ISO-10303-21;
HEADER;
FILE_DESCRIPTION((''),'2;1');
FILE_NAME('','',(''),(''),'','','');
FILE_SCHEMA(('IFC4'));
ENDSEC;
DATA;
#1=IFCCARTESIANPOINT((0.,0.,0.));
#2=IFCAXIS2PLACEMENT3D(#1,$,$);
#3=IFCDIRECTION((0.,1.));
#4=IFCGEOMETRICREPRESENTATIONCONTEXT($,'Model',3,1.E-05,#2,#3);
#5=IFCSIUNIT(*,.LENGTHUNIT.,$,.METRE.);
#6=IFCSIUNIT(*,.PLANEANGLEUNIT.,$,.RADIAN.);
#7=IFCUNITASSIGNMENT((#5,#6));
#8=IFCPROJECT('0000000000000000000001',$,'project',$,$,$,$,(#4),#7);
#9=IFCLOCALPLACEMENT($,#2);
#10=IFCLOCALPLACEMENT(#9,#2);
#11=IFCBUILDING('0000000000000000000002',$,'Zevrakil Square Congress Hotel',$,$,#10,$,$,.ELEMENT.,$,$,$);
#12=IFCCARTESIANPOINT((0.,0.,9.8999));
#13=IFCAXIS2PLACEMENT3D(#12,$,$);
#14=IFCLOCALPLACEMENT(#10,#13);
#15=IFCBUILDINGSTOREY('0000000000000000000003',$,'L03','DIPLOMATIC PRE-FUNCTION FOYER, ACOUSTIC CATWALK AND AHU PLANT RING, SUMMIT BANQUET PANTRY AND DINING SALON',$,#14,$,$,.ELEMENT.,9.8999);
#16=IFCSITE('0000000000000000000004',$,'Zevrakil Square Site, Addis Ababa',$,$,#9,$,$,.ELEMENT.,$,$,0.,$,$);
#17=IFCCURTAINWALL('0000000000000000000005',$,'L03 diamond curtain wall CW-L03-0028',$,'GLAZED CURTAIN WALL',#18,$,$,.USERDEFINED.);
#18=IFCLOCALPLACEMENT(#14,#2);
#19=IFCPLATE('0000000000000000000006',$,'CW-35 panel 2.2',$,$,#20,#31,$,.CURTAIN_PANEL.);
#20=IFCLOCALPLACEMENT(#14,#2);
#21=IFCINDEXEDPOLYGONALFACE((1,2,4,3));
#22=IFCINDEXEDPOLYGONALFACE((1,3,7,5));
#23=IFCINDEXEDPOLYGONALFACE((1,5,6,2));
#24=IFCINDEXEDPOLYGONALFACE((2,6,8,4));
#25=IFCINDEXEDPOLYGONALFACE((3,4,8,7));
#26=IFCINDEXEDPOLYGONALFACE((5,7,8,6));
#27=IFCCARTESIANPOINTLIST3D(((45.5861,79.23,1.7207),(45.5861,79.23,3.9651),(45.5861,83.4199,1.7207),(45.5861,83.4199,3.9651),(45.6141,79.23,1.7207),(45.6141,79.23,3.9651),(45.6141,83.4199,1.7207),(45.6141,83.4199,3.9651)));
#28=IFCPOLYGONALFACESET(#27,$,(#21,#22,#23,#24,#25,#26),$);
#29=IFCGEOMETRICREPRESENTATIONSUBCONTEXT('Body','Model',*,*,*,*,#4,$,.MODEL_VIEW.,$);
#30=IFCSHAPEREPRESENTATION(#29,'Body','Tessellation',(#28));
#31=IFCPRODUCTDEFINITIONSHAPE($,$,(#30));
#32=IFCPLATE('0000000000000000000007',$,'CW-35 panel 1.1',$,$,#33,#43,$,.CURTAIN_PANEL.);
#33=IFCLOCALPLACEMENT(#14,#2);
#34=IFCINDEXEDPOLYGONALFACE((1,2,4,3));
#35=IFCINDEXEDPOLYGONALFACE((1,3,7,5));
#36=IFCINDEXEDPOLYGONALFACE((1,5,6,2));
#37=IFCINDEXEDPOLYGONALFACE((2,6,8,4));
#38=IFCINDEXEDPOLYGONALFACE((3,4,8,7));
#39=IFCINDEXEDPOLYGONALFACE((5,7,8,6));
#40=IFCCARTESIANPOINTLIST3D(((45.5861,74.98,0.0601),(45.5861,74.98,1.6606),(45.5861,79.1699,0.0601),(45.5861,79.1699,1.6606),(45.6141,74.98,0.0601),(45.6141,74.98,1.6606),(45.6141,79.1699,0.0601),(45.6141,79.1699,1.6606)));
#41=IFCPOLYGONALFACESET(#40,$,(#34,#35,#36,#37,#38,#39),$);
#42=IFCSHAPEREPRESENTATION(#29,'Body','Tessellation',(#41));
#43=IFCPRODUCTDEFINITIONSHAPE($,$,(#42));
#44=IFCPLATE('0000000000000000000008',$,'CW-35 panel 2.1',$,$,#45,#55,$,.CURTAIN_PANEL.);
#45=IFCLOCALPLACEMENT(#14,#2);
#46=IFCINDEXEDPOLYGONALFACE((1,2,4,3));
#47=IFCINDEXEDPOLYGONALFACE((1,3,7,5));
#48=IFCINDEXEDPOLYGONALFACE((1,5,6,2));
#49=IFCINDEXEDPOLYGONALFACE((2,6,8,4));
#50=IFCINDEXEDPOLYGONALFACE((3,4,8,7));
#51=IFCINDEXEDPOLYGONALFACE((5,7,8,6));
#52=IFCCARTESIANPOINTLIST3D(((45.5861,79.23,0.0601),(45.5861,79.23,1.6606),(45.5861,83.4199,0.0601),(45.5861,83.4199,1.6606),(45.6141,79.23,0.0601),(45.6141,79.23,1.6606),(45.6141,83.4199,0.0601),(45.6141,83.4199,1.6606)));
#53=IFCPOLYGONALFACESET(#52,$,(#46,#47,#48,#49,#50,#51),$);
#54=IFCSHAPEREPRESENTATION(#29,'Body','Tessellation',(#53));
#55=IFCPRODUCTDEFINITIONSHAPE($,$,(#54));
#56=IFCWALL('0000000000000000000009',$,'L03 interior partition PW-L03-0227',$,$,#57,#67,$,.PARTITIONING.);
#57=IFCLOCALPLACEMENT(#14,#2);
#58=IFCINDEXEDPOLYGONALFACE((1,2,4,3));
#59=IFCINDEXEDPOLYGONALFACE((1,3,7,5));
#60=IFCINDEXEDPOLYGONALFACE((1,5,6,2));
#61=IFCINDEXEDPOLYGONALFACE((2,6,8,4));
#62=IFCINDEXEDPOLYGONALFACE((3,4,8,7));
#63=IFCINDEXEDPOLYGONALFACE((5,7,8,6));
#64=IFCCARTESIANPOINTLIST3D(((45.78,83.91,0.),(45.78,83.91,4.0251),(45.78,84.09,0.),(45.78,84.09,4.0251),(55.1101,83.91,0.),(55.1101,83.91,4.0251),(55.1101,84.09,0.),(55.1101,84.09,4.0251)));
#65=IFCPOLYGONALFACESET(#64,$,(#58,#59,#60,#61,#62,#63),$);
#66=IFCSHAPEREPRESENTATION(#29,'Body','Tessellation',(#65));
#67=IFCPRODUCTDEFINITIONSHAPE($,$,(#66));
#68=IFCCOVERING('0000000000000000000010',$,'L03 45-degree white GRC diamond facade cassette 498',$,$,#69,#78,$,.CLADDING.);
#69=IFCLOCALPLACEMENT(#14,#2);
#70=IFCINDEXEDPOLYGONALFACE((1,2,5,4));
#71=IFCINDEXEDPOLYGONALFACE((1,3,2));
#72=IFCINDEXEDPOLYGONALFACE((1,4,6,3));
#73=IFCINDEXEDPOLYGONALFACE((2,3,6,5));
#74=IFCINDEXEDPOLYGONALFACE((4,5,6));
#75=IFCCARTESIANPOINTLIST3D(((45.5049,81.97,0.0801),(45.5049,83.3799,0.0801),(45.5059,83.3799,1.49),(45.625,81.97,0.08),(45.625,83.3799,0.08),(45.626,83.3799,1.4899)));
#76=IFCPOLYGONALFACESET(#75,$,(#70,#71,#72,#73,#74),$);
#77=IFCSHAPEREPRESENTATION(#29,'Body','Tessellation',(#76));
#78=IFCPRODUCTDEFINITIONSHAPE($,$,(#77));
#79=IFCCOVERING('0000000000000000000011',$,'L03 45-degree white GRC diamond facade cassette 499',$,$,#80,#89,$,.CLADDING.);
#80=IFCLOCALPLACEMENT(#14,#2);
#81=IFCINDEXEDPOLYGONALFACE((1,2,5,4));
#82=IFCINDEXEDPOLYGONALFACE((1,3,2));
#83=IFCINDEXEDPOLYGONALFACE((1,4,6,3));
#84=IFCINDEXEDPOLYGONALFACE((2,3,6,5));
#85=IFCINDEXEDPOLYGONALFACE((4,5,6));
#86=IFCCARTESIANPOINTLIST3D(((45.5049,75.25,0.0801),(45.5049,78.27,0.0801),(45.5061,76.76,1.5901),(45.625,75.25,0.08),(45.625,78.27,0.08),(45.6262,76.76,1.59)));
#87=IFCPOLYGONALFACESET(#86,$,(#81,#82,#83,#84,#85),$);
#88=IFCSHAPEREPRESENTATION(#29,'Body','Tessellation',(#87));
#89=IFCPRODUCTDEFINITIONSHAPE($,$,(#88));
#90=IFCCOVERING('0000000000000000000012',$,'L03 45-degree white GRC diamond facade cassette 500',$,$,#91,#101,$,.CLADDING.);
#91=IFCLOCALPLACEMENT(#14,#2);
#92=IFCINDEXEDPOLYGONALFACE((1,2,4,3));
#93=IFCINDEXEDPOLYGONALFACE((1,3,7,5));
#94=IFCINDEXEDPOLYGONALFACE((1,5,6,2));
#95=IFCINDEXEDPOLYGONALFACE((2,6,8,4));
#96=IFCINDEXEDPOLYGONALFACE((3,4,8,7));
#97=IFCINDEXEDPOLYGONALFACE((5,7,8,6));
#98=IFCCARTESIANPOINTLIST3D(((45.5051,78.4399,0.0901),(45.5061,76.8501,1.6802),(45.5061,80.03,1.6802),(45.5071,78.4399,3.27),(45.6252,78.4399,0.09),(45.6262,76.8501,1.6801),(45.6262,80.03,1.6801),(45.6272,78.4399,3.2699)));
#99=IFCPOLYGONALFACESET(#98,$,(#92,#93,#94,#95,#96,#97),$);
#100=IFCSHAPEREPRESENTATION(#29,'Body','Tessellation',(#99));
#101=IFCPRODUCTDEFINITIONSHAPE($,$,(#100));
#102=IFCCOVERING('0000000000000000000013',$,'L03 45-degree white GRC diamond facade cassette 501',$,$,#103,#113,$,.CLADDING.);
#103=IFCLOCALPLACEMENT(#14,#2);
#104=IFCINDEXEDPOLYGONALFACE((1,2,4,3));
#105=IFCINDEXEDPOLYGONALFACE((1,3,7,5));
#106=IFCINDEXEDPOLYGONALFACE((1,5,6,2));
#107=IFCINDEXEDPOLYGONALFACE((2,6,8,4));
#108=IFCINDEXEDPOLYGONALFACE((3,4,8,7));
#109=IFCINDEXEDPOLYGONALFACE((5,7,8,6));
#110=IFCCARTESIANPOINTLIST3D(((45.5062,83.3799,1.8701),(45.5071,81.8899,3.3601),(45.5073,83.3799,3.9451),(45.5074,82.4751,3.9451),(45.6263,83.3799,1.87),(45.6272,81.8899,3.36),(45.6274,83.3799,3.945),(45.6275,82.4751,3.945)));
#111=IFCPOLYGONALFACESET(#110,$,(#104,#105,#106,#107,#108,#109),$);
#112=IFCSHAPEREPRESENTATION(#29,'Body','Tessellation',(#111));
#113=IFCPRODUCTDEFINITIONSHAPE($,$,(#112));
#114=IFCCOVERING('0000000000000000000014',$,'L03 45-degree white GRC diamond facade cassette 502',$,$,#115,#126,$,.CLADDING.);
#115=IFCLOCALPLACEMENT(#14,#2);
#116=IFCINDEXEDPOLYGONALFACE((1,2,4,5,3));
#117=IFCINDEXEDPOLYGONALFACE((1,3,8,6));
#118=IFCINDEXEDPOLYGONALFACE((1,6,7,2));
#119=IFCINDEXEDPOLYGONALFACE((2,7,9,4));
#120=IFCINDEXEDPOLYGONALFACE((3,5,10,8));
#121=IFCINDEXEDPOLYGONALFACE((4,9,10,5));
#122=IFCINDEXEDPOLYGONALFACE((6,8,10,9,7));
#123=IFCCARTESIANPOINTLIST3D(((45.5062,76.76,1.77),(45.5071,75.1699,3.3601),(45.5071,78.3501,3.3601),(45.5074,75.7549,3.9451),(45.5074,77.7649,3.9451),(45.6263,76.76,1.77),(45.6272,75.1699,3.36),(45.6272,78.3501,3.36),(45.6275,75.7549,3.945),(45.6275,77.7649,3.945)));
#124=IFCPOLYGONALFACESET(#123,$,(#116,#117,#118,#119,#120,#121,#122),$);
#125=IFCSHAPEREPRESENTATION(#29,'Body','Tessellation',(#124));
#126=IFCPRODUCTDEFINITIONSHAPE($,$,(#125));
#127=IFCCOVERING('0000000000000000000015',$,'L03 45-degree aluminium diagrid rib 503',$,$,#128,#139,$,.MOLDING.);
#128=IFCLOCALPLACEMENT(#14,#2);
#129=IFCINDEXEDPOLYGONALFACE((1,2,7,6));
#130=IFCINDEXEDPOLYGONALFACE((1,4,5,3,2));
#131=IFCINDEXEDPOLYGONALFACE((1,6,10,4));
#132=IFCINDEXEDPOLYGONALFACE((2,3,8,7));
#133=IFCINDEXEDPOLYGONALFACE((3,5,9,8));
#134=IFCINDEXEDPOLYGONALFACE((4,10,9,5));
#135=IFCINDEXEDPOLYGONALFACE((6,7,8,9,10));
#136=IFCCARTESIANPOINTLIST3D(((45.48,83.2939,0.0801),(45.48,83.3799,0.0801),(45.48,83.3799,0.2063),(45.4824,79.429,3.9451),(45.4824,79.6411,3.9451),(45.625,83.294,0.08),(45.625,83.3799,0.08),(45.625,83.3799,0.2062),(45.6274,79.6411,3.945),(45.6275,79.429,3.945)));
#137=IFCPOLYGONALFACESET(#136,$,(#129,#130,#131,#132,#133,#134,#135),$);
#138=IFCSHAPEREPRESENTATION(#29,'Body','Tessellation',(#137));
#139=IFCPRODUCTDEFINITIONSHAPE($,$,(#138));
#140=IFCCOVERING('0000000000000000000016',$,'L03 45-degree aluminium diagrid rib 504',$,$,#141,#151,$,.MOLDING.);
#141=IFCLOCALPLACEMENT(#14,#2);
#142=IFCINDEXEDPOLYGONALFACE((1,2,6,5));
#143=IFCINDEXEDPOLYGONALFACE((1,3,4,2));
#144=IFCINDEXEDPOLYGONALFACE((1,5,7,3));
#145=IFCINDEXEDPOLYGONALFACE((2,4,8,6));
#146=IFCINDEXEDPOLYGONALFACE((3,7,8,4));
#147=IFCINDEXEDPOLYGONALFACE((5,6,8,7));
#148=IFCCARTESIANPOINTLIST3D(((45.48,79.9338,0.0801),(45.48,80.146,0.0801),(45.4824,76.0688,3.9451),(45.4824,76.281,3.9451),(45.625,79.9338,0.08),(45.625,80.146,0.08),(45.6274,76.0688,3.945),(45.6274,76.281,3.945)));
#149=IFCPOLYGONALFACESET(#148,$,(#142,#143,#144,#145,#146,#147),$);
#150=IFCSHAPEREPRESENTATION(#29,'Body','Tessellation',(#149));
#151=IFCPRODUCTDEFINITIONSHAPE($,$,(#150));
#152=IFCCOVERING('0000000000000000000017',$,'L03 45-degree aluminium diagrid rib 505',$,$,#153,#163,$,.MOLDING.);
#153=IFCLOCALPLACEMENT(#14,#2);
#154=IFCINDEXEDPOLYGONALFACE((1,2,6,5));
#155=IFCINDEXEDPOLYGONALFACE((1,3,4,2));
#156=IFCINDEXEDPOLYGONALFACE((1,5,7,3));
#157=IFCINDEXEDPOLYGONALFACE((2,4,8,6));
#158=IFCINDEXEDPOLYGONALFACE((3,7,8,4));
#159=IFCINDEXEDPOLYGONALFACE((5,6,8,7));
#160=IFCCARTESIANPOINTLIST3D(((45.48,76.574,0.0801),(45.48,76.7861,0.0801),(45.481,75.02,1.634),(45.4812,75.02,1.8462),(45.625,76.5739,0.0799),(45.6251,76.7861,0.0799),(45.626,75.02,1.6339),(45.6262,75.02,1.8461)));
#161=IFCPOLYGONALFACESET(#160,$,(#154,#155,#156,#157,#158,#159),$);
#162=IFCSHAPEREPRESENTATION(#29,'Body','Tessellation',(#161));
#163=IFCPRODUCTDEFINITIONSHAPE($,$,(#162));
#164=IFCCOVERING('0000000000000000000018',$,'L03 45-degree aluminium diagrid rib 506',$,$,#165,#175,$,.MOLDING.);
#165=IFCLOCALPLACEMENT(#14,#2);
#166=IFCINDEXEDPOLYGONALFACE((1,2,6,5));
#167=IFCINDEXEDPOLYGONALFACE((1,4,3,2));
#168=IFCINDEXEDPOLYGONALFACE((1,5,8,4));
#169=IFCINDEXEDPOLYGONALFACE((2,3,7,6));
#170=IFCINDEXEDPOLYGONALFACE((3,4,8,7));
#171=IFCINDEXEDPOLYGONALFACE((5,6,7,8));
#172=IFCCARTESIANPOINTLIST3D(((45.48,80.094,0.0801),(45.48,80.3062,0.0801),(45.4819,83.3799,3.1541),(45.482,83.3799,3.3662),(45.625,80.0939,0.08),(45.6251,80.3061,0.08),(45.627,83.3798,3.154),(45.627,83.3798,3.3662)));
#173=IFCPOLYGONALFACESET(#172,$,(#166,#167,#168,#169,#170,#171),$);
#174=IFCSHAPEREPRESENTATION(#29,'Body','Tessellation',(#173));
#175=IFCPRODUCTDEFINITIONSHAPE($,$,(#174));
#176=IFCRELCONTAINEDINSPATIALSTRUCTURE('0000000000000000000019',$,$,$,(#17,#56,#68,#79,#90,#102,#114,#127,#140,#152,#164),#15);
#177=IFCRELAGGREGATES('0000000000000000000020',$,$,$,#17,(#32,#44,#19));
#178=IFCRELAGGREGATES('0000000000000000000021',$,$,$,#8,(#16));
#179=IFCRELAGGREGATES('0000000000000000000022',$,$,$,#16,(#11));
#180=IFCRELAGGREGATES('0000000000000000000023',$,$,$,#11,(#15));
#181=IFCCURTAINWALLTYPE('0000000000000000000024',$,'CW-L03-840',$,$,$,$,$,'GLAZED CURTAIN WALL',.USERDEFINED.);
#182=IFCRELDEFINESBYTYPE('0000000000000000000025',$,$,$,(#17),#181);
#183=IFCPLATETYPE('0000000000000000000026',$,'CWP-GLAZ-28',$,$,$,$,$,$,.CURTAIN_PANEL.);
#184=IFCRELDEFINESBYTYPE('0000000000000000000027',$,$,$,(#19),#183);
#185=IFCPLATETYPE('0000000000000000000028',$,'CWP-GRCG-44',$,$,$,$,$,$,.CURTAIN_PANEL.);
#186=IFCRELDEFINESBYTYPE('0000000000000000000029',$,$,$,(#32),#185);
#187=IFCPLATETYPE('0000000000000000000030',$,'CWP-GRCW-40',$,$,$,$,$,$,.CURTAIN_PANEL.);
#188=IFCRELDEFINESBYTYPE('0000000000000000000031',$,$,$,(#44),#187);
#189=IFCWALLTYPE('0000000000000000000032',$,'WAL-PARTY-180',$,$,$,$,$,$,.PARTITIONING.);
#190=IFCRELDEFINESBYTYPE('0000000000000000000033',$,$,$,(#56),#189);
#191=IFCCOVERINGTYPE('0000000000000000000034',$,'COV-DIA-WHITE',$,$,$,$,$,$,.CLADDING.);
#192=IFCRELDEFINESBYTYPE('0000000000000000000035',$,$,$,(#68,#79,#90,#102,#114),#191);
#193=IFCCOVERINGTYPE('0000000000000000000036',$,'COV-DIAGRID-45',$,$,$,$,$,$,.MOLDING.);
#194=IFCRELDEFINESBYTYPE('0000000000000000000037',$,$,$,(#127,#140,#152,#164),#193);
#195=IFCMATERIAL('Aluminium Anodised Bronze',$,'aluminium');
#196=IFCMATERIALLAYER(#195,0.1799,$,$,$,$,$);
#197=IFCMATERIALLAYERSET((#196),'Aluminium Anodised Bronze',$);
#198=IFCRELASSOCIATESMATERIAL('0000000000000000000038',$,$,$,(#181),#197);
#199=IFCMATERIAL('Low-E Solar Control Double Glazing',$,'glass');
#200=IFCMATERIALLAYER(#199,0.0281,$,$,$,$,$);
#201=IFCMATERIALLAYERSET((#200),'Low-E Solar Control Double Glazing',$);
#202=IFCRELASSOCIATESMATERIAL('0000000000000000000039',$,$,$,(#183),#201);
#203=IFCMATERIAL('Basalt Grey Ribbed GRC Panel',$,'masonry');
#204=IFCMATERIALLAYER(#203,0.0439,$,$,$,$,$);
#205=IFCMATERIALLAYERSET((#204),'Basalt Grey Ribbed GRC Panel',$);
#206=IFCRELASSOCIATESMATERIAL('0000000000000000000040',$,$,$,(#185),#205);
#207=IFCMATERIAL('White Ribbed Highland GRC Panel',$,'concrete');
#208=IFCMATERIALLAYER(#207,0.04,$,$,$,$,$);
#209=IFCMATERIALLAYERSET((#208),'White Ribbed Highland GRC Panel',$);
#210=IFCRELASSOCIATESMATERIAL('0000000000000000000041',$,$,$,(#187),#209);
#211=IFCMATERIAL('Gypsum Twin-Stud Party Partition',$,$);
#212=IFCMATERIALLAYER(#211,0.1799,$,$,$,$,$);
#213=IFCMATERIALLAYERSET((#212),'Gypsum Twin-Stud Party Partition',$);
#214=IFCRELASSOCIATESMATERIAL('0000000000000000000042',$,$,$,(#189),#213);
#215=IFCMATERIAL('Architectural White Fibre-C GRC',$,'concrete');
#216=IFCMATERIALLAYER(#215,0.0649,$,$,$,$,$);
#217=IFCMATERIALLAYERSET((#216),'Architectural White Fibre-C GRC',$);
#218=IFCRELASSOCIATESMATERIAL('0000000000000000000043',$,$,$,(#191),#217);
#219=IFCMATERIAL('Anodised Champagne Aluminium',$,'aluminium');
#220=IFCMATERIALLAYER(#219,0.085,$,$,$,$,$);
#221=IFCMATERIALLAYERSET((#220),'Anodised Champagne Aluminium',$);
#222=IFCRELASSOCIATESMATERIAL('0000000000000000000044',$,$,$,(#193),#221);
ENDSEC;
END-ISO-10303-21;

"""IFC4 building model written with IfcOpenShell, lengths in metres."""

from ifc_helpers import new_model, si_unit, direction, frame, frame_2d, origin, origin_2d, place, context, subcontext, project, spatial, polyline, rectangle, outline, extrude, material, layer, layer_set, type_object, element, aggregate, save


model = new_model("IFC4")

# Units and contexts
model_context = context("Model", 3, precision=1e-05, world=origin(), true_north=direction((0.0, 1.0)))
body_context = subcontext(model_context, "Body", "Model", "MODEL_VIEW")
ifc_project = project(units=[si_unit("LENGTHUNIT", "METRE"), si_unit("PLANEANGLEUNIT", "RADIAN")], contexts=[model_context])

# Site, building, storey
site_placement = place(None, origin())
site = spatial("IfcSite", under=ifc_project, at=site_placement, Name="Zevrakil Square Site, Addis Ababa", CompositionType="ELEMENT", RefElevation=0.0)
building_placement = place(site_placement, origin())
building = spatial("IfcBuilding", under=site, at=building_placement, Name="Zevrakil Square Congress Hotel", CompositionType="ELEMENT")
storey_placement = place(building_placement, frame((0.0, 0.0, 9.8999)))
storey = spatial("IfcBuildingStorey", under=building, at=storey_placement, Name="L03", Description="DIPLOMATIC PRE-FUNCTION FOYER, ACOUSTIC CATWALK AND AHU PLANT RING, SUMMIT BANQUET PANTRY AND DINING SALON", CompositionType="ELEMENT", Elevation=9.8999)

# Curtain wall, plates
ifc_material_1 = material(Name="Aluminium Anodised Bronze", Category="aluminium")
ifc_layer_1 = layer(ifc_material_1, 0.1799)
ifc_layer_set_1 = layer_set([ifc_layer_1], Name="Aluminium Anodised Bronze")
curtain_wall_type = type_object("IfcCurtainWallType", Name="CW-L03-840", ElementType="GLAZED CURTAIN WALL", PredefinedType="USERDEFINED", material=ifc_layer_set_1)
curtain_wall_placement = place(storey_placement, origin())
curtain_wall = element("IfcCurtainWall", 1, at=curtain_wall_placement, inside=storey, type_object=curtain_wall_type, Name="L03 diamond curtain wall CW-L03-0028", ObjectType="GLAZED CURTAIN WALL", PredefinedType="USERDEFINED")
ifc_material_2 = material(Name="Low-E Solar Control Double Glazing", Category="glass")
ifc_layer_2 = layer(ifc_material_2, 0.0281)
ifc_layer_set_2 = layer_set([ifc_layer_2], Name="Low-E Solar Control Double Glazing")
plate_type_1 = type_object("IfcPlateType", Name="CWP-GLAZ-28", PredefinedType="CURTAIN_PANEL", material=ifc_layer_set_2)
plate_1_placement = place(storey_placement, frame((45.6001, 81.325, 1.7207), z_axis=(0.0, 0.0, 1.0), x_axis=(0.0, 1.0, 0.0)))
plate_1 = element("IfcPlate", 2, at=plate_1_placement, type_object=plate_type_1, Name="CW-35 panel 2.2", PredefinedType="CURTAIN_PANEL", context=body_context, shape_type="SweptSolid", body=[
    extrude(rectangle(XDim=4.1899, YDim=0.0281, at=origin_2d()), origin(), (0.0, 0.0, 1.0), 2.2444),
])
ifc_material_3 = material(Name="Basalt Grey Ribbed GRC Panel", Category="masonry")
ifc_layer_3 = layer(ifc_material_3, 0.0439)
ifc_layer_set_3 = layer_set([ifc_layer_3], Name="Basalt Grey Ribbed GRC Panel")
plate_type_2 = type_object("IfcPlateType", Name="CWP-GRCG-44", PredefinedType="CURTAIN_PANEL", material=ifc_layer_set_3)
plate_2_placement = place(storey_placement, frame((45.6001, 77.075, 0.0601), z_axis=(0.0, 0.0, 1.0), x_axis=(0.0, 1.0, 0.0)))
plate_2 = element("IfcPlate", 3, at=plate_2_placement, type_object=plate_type_2, Name="CW-35 panel 1.1", PredefinedType="CURTAIN_PANEL", context=body_context, shape_type="SweptSolid", body=[
    extrude(rectangle(XDim=4.1899, YDim=0.0281, at=origin_2d()), origin(), (0.0, 0.0, 1.0), 1.6006),
])
ifc_material_4 = material(Name="White Ribbed Highland GRC Panel", Category="concrete")
ifc_layer_4 = layer(ifc_material_4, 0.04)
ifc_layer_set_4 = layer_set([ifc_layer_4], Name="White Ribbed Highland GRC Panel")
plate_type_3 = type_object("IfcPlateType", Name="CWP-GRCW-40", PredefinedType="CURTAIN_PANEL", material=ifc_layer_set_4)
plate_3_placement = place(storey_placement, frame((45.6001, 81.325, 0.0601), z_axis=(0.0, 0.0, 1.0), x_axis=(0.0, 1.0, 0.0)))
plate_3 = element("IfcPlate", 4, at=plate_3_placement, type_object=plate_type_3, Name="CW-35 panel 2.1", PredefinedType="CURTAIN_PANEL", context=body_context, shape_type="SweptSolid", body=[
    extrude(rectangle(XDim=4.1899, YDim=0.0281, at=origin_2d()), origin(), (0.0, 0.0, 1.0), 1.6006),
])
aggregate(curtain_wall, [plate_2, plate_3, plate_1])

# Wall
ifc_material_5 = material(Name="Gypsum Twin-Stud Party Partition")
ifc_layer_5 = layer(ifc_material_5, 0.1799)
ifc_layer_set_5 = layer_set([ifc_layer_5], Name="Gypsum Twin-Stud Party Partition")
wall_type = type_object("IfcWallType", Name="WAL-PARTY-180", PredefinedType="PARTITIONING", material=ifc_layer_set_5)
wall_placement = place(storey_placement, frame((45.78, 84.0, 0.0), z_axis=(0.0, 0.0, 1.0), x_axis=(1.0, 0.0, 0.0)))
element("IfcWall", 5, at=wall_placement, inside=storey, type_object=wall_type, Name="L03 interior partition PW-L03-0227", PredefinedType="PARTITIONING", context=body_context, shape_type="SweptSolid", body=[
    extrude(rectangle(XDim=9.3301, YDim=0.1799, at=frame_2d((4.665, 0.0))), origin(), (0.0, 0.0, 1.0), 4.0251),
])

# Coverings
ifc_material_6 = material(Name="Architectural White Fibre-C GRC", Category="concrete")
ifc_layer_6 = layer(ifc_material_6, 0.0649)
ifc_layer_set_6 = layer_set([ifc_layer_6], Name="Architectural White Fibre-C GRC")
covering_type_1 = type_object("IfcCoveringType", Name="COV-DIA-WHITE", PredefinedType="CLADDING", material=ifc_layer_set_6)
covering_1_placement = place(storey_placement, frame((45.5049, 81.97, 0.0801), z_axis=(-1.0, 0.0, 0.000693), x_axis=(0.0, 1.0, 0.0)))
element("IfcCovering", 6, at=covering_1_placement, inside=storey, type_object=covering_type_1, Name="L03 45-degree white GRC diamond facade cassette 498", PredefinedType="CLADDING", context=body_context, shape_type="SweptSolid", body=[
    extrude(outline(polyline([(0.0, 0.0), (1.4099, 0.0), (1.4099, -1.4099), (0.0, 0.0)])), origin(), (0.0, 0.0, -1.0), 0.1201),
])
covering_2_placement = place(storey_placement, frame((45.5061, 76.76, 1.5901), z_axis=(-1.0, 0.0, 0.000808), x_axis=(-0.000572, -0.707107, -0.707107)))
element("IfcCovering", 7, at=covering_2_placement, inside=storey, type_object=covering_type_1, Name="L03 45-degree white GRC diamond facade cassette 499", PredefinedType="CLADDING", context=body_context, shape_type="SweptSolid", body=[
    extrude(outline(polyline([(0.0, 0.0), (2.1355, 0.0), (0.0, -2.1355), (0.0, 0.0)])), origin(), (0.0, 0.0, -1.0), 0.1201),
])
covering_3_placement = place(storey_placement, frame((45.5071, 78.4399, 3.27), z_axis=(-1.0, 0.0, 0.000614), x_axis=(-0.000434, -0.707107, -0.707107)))
element("IfcCovering", 8, at=covering_3_placement, inside=storey, type_object=covering_type_1, Name="L03 45-degree white GRC diamond facade cassette 500", PredefinedType="CLADDING", context=body_context, shape_type="SweptSolid", body=[
    extrude(outline(polyline([(0.0, 0.0), (2.2484, 0.0), (2.2486, -2.2486), (-0.0002, -2.2486), (0.0, 0.0)])), origin(), (0.0, 0.0, -1.0), 0.1201),
])
covering_4_placement = place(storey_placement, frame((45.5071, 81.8899, 3.3601), z_axis=(-1.0, -0.000057, 0.000563), x_axis=(-0.000439, 0.707107, -0.707107)))
element("IfcCovering", 9, at=covering_4_placement, inside=storey, type_object=covering_type_1, Name="L03 45-degree white GRC diamond facade cassette 501", PredefinedType="CLADDING", context=body_context, shape_type="SweptSolid", body=[
    extrude(outline(polyline([(0.0, 0.0), (2.1072, 0.0), (0.64, -1.4672), (0.0002, -0.8274), (0.0, 0.0)])), origin(), (0.0, 0.0, -1.0), 0.1201),
])
covering_5_placement = place(storey_placement, frame((45.5071, 75.1699, 3.3601), z_axis=(-1.0, 0.0, 0.00054), x_axis=(-0.000382, 0.707107, -0.707107)))
element("IfcCovering", 10, at=covering_5_placement, inside=storey, type_object=covering_type_1, Name="L03 45-degree white GRC diamond facade cassette 502", PredefinedType="CLADDING", context=body_context, shape_type="SweptSolid", body=[
    extrude(outline(polyline([(0.0, 0.0), (2.2487, 0.0), (2.2487, -2.2487), (1.4213, -2.2486), (0.0, -0.8273), (0.0, 0.0)])), origin(), (0.0, 0.0, -1.0), 0.1201),
])
ifc_material_7 = material(Name="Anodised Champagne Aluminium", Category="aluminium")
ifc_layer_7 = layer(ifc_material_7, 0.085)
ifc_layer_set_7 = layer_set([ifc_layer_7], Name="Anodised Champagne Aluminium")
covering_type_2 = type_object("IfcCoveringType", Name="COV-DIAGRID-45", PredefinedType="MOLDING", material=ifc_layer_set_7)
covering_6_placement = place(storey_placement, frame((45.48, 83.2939, 0.0801), z_axis=(-1.0, -0.00019, 0.000448), x_axis=(-0.00019, 1.0, 0.0)))
element("IfcCovering", 11, at=covering_6_placement, inside=storey, type_object=covering_type_2, Name="L03 45-degree aluminium diagrid rib 503", PredefinedType="MOLDING", context=body_context, shape_type="SweptSolid", body=[
    extrude(outline(polyline([(0.0, 0.0), (0.0859, 0.0), (0.0859, -0.1262), (-3.6528, -3.865), (-3.865, -3.865), (0.0, 0.0)])), origin(), (0.0, 0.0, -1.0), 0.145),
])
covering_7_placement = place(storey_placement, frame((45.48, 79.9338, 0.0801), z_axis=(-1.0, 0.0, 0.000632), x_axis=(0.0, 1.0, 0.0)))
element("IfcCovering", 12, at=covering_7_placement, inside=storey, type_object=covering_type_2, Name="L03 45-degree aluminium diagrid rib 504", PredefinedType="MOLDING", context=body_context, shape_type="SweptSolid", body=[
    extrude(outline(polyline([(0.0, 0.0), (0.2122, 0.0), (-3.6528, -3.865), (-3.865, -3.865), (0.0, 0.0)])), origin(), (0.0, 0.0, -1.0), 0.145),
])
covering_8_placement = place(storey_placement, frame((45.48, 76.574, 0.0801), z_axis=(-1.0, 0.000244, 0.000906), x_axis=(0.000244, 1.0, 0.0)))
element("IfcCovering", 13, at=covering_8_placement, inside=storey, type_object=covering_type_2, Name="L03 45-degree aluminium diagrid rib 505", PredefinedType="MOLDING", context=body_context, shape_type="SweptSolid", body=[
    extrude(outline(polyline([(0.0, 0.0), (0.2122, 0.0), (-1.554, -1.7661), (-1.554, -1.554), (0.0, 0.0)])), origin(), (0.0, 0.0, -1.0), 0.145),
])
covering_9_placement = place(storey_placement, frame((45.4819, 83.3799, 3.1541), z_axis=(-1.0, 0.000307, 0.000307), x_axis=(0.000307, 0.0, 1.0)))
element("IfcCovering", 14, at=covering_9_placement, inside=storey, type_object=covering_type_2, Name="L03 45-degree aluminium diagrid rib 506", PredefinedType="MOLDING", context=body_context, shape_type="SweptSolid", body=[
    extrude(outline(polyline([(0.0, 0.0), (0.2122, 0.0), (-3.074, -3.2859), (-3.074, -3.0737), (0.0, 0.0)])), origin(), (0.0, 0.0, -1.0), 0.145),
])

save(model, "model.ifc")
